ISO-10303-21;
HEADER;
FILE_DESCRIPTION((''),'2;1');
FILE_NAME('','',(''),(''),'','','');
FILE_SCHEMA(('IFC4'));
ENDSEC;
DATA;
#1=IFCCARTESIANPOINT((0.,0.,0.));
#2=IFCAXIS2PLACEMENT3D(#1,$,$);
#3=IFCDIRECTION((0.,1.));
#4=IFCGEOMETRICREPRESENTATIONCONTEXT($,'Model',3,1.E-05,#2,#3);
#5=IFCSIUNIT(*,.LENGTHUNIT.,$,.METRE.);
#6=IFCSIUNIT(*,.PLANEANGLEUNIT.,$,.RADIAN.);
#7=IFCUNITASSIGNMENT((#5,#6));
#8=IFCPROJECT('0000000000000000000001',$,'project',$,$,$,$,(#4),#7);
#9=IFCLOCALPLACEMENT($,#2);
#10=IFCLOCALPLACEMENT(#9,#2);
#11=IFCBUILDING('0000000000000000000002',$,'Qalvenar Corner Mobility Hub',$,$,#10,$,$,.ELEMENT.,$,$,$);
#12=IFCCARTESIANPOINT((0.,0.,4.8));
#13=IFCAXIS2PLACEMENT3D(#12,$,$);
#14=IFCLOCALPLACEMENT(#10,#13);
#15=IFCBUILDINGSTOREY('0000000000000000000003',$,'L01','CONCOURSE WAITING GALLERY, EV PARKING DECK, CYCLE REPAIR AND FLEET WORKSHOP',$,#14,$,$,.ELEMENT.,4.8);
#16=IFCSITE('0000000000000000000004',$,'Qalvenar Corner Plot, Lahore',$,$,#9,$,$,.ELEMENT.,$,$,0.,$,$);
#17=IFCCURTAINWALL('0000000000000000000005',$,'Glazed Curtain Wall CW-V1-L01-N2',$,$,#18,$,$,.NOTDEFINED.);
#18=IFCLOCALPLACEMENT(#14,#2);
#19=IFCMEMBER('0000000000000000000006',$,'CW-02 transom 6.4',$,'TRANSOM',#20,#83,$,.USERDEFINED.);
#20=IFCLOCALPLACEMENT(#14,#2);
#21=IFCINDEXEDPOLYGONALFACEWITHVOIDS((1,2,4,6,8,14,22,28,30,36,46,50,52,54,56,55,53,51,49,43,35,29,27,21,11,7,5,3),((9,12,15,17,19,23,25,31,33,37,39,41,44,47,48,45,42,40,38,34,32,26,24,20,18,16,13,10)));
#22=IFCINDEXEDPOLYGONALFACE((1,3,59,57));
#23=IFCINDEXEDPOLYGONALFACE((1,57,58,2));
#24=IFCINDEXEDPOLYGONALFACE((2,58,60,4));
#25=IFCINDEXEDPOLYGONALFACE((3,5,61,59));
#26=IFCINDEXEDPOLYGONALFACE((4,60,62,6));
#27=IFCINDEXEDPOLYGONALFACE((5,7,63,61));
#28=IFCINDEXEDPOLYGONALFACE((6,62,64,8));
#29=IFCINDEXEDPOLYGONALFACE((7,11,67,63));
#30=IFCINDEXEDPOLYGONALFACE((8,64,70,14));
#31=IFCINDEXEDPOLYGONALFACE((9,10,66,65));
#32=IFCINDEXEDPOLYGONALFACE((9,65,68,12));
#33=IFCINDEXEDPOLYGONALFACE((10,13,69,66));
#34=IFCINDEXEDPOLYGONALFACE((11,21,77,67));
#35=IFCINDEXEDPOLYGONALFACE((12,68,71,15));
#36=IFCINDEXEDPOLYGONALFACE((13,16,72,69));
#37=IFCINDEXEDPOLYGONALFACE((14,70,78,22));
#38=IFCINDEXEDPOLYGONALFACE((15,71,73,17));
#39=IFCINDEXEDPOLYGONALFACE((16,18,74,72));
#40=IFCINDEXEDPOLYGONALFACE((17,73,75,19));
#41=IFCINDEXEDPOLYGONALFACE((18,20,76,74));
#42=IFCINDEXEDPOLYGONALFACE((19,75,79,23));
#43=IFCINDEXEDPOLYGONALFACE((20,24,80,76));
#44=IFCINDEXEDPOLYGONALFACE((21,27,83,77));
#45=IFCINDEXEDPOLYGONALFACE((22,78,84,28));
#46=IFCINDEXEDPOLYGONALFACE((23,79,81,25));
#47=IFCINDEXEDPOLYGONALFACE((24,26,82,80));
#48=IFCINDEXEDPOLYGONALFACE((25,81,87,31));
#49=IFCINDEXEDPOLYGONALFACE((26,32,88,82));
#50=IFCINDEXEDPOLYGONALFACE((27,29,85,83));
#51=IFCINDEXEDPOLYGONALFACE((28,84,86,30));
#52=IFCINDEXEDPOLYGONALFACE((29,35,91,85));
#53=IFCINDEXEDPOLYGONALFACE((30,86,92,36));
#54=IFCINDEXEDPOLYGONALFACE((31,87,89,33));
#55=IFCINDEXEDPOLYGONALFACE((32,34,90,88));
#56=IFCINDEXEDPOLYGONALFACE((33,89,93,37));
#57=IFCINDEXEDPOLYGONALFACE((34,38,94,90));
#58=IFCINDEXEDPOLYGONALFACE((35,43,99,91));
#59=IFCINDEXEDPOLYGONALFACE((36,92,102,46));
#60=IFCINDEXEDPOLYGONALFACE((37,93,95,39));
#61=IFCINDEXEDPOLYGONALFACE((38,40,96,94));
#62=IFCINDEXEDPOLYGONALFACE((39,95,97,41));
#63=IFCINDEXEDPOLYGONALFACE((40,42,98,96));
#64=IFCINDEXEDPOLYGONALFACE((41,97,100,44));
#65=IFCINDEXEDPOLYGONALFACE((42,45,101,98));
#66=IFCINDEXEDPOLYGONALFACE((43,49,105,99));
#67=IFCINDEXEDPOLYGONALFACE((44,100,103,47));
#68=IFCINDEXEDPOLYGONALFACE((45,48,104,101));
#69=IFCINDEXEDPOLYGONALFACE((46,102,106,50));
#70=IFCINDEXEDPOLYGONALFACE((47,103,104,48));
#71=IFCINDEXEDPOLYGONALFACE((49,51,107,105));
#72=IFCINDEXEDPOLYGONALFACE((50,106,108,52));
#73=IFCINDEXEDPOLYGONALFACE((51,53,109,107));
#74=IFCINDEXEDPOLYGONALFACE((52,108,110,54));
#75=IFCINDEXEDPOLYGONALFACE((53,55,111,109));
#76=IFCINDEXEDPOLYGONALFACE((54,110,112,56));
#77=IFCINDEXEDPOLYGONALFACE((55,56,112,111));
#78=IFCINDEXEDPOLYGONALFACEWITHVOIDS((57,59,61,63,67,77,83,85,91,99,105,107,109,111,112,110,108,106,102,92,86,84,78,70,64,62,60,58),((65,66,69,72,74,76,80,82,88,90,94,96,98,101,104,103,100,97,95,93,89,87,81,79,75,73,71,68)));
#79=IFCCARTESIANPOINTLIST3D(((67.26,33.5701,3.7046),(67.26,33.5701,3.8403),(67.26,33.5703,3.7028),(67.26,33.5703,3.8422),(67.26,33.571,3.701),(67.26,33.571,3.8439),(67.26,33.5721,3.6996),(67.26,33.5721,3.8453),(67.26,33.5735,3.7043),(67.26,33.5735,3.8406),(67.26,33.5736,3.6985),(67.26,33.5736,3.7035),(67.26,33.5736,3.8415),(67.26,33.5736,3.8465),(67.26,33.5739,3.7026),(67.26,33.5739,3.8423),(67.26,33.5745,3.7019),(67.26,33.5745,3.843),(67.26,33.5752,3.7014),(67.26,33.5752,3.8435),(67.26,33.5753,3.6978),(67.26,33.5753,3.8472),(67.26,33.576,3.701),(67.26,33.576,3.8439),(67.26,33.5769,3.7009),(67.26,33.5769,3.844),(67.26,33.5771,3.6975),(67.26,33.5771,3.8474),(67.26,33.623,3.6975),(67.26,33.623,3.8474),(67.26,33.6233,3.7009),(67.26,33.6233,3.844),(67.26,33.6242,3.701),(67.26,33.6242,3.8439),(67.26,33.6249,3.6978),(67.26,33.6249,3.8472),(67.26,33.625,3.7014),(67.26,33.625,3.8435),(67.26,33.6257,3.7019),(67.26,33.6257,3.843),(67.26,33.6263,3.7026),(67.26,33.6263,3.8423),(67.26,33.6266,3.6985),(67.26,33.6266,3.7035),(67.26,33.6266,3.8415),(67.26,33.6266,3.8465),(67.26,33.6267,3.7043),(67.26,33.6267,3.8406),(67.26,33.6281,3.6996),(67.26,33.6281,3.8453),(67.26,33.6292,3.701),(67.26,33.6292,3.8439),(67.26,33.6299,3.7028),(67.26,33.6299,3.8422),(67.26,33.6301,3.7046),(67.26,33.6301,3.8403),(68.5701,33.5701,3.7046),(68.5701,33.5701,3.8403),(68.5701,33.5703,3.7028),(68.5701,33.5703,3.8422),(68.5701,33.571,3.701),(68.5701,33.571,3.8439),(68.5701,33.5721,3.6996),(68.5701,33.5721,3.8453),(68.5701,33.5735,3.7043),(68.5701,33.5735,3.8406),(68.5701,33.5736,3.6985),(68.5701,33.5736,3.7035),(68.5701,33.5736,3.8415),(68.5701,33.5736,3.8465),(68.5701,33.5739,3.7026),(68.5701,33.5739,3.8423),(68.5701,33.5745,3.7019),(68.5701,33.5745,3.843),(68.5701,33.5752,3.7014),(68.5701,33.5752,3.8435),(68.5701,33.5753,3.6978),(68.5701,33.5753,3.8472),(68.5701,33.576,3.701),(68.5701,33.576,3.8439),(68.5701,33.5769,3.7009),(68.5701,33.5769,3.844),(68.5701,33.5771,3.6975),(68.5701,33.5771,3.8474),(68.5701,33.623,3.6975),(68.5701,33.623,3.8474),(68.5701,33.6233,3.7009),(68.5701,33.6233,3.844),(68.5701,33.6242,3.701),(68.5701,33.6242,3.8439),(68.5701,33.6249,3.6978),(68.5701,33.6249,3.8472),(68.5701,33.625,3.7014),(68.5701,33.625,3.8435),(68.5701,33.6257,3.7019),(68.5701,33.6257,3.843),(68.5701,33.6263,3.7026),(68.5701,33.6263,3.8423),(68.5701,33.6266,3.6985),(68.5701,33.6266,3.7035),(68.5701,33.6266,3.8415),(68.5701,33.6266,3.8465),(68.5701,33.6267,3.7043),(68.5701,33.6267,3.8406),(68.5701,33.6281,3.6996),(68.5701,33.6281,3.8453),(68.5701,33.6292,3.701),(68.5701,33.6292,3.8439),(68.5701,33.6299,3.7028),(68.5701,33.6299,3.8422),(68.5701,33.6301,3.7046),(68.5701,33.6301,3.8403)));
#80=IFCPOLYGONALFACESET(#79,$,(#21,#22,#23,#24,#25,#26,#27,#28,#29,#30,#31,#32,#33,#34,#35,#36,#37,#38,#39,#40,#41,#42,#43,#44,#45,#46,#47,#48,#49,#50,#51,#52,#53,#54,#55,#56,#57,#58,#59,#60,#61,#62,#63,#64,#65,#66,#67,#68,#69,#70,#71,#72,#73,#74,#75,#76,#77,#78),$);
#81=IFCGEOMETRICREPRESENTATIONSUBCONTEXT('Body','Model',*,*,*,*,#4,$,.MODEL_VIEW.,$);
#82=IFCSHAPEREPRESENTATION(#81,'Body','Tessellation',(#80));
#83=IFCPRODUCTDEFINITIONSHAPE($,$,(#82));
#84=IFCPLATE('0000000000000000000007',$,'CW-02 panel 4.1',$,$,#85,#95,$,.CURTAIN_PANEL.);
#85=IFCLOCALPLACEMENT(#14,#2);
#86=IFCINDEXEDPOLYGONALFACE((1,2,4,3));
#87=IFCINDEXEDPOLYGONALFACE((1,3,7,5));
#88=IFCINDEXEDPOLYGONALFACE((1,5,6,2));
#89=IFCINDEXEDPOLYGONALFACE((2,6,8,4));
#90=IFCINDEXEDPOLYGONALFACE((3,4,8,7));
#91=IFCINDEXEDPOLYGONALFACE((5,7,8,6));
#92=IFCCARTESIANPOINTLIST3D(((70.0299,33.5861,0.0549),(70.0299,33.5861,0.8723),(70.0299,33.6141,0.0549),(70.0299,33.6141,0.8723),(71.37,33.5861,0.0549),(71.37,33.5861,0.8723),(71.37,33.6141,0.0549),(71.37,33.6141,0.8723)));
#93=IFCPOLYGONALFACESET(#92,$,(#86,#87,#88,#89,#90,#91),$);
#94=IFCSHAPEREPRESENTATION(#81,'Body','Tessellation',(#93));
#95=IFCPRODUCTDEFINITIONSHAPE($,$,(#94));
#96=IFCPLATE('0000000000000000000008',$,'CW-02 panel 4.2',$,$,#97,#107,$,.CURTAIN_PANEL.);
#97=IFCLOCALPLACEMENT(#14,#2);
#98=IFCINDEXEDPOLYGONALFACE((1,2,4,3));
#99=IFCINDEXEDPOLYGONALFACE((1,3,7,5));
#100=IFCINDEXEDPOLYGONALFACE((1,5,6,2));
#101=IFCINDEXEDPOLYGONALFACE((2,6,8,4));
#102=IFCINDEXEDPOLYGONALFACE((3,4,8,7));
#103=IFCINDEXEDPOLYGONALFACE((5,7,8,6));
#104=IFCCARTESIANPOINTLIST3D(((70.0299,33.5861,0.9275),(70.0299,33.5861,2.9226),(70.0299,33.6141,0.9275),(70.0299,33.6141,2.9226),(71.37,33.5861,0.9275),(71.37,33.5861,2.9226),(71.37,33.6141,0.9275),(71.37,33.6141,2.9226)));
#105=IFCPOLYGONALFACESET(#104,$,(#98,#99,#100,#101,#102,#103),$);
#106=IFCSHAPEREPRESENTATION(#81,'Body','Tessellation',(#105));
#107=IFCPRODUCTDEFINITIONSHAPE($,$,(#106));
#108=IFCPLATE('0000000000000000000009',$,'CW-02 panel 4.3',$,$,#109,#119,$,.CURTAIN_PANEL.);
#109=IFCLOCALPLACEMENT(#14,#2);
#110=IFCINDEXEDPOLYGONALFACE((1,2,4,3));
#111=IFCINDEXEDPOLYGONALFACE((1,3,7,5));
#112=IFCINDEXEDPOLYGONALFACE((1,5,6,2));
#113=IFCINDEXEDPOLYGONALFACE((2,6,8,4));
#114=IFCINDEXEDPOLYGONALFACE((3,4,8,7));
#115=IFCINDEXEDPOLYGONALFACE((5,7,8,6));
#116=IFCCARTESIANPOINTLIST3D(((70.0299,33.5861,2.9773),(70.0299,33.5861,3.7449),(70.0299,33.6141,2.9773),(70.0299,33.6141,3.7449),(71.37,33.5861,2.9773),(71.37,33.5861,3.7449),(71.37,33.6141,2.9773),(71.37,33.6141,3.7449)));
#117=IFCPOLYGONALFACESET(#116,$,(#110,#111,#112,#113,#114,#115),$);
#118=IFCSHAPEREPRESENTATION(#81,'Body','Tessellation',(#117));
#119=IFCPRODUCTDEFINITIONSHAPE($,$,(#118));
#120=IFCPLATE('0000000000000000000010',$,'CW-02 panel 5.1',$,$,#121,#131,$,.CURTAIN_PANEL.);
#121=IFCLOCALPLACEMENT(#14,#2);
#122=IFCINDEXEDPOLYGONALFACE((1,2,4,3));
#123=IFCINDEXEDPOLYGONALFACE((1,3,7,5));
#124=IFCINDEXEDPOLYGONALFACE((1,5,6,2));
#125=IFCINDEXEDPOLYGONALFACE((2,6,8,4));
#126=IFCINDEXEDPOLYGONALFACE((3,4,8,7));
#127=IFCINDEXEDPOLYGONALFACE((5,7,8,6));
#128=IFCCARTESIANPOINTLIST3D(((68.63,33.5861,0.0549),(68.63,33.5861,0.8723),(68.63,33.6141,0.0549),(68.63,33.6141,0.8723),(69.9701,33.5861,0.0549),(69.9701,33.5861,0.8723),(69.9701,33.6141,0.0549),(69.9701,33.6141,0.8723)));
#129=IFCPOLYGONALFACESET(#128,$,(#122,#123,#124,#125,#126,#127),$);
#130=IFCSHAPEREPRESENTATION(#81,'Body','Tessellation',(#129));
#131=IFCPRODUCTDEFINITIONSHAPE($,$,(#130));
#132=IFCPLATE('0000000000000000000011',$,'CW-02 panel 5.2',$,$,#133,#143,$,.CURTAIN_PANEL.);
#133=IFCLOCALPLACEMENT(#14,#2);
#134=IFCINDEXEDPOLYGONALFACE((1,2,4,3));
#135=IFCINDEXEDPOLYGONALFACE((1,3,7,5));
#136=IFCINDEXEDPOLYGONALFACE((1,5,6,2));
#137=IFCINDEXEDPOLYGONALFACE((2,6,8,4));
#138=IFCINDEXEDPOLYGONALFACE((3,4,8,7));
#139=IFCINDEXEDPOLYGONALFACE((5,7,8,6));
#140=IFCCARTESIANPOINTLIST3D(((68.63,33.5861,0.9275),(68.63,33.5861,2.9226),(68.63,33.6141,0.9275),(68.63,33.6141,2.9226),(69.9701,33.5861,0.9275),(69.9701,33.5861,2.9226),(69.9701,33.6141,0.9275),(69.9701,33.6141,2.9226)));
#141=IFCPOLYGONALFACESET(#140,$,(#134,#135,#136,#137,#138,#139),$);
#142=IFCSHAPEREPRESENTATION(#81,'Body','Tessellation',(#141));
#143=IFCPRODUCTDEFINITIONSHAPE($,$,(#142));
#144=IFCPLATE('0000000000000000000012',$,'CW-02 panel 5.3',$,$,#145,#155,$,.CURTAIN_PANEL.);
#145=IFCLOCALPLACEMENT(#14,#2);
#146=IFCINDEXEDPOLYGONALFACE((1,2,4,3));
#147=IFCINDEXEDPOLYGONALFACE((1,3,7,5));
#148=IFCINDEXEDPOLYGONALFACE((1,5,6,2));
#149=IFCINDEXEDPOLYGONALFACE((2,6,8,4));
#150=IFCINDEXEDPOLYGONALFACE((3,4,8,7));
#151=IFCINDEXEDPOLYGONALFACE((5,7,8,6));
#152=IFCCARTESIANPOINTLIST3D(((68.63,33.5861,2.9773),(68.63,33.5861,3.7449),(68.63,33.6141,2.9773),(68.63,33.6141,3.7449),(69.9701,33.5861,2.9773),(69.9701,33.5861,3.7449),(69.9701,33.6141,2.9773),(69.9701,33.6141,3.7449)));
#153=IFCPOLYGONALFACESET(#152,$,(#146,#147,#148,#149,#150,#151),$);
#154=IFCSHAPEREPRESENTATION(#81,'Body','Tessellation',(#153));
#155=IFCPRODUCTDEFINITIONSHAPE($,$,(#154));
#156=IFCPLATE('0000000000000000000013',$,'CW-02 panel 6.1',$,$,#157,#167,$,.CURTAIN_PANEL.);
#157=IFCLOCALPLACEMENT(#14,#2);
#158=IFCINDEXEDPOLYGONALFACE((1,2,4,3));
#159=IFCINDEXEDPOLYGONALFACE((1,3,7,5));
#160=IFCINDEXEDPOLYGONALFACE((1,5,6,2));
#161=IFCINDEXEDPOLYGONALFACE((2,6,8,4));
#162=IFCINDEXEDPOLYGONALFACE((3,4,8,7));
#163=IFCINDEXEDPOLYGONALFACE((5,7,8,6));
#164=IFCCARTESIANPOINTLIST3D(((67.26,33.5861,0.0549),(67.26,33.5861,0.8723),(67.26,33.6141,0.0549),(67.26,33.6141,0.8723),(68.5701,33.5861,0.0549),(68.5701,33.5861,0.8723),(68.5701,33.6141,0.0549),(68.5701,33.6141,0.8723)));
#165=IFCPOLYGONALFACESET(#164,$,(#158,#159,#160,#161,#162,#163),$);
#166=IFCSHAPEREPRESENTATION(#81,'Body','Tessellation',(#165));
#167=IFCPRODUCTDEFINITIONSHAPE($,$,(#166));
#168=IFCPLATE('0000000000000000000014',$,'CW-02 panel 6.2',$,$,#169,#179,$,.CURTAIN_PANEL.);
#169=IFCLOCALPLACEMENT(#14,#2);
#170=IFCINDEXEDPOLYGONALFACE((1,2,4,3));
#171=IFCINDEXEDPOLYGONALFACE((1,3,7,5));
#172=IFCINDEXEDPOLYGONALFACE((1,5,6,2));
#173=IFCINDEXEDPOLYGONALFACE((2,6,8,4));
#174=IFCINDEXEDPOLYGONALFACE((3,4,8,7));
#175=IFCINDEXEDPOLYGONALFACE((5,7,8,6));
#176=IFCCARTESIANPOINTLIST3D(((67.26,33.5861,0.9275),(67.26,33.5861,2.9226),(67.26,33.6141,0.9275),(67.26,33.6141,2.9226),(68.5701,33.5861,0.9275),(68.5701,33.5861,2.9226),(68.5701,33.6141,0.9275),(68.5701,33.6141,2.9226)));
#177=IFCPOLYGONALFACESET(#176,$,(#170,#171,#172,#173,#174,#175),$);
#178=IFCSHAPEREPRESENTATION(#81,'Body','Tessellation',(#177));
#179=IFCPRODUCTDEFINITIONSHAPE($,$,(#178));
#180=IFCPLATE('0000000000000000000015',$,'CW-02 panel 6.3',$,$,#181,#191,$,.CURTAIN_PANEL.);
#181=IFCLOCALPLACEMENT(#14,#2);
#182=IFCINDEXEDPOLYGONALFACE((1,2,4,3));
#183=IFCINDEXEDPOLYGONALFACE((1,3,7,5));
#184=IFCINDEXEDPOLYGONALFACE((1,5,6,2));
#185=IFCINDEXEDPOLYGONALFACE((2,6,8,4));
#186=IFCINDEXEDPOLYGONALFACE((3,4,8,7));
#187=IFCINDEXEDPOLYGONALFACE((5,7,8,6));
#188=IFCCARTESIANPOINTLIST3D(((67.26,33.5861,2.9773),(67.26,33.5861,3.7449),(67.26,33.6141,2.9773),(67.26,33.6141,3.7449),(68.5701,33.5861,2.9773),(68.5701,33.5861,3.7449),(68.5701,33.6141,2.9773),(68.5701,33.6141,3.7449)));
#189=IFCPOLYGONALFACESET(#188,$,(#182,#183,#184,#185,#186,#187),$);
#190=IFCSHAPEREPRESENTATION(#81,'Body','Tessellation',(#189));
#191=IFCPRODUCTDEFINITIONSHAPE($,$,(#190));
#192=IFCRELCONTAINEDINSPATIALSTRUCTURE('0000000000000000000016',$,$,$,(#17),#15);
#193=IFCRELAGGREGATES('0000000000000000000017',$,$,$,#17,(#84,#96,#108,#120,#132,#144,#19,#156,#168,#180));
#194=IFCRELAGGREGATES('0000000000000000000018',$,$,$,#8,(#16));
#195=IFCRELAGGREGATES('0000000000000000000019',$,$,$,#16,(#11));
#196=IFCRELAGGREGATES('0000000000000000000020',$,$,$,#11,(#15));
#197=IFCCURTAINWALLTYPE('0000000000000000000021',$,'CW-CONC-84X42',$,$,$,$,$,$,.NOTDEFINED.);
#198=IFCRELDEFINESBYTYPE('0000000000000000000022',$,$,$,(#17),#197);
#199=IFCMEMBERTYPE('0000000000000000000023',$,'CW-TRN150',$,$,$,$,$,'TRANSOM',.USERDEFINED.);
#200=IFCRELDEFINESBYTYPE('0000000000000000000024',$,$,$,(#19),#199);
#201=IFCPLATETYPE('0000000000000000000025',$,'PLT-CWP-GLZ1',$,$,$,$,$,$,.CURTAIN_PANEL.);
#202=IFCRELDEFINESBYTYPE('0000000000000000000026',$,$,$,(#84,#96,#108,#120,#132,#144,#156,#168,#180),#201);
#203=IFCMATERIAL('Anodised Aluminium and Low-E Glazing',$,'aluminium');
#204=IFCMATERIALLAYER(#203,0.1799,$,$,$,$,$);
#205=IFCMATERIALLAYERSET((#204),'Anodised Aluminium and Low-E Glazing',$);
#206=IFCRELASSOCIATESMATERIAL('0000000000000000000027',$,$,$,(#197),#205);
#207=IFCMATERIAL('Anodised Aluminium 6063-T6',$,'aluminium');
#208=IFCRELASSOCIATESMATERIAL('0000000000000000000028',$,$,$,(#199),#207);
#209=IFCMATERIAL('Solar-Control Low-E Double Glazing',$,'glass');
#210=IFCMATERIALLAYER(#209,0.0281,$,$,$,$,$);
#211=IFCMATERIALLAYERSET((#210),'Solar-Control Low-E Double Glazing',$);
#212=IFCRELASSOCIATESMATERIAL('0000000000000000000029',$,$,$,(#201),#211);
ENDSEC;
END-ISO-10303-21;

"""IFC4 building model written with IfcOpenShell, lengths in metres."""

from ifc_helpers import new_model, si_unit, direction, frame, origin, origin_2d, place, context, subcontext, project, spatial, rectangle, hollow_rectangle, extrude, material, layer, layer_set, material_profile, profile_set, type_object, element, aggregate, save


model = new_model("IFC4")

# Units and contexts
model_context = context("Model", 3, precision=1e-05, world=origin(), true_north=direction((0.0, 1.0)))
body_context = subcontext(model_context, "Body", "Model", "MODEL_VIEW")
ifc_project = project(units=[si_unit("LENGTHUNIT", "METRE"), si_unit("PLANEANGLEUNIT", "RADIAN")], contexts=[model_context])

# Site, building, storey
site_placement = place(None, origin())
site = spatial("IfcSite", under=ifc_project, at=site_placement, Name="Qalvenar Corner Plot, Lahore", CompositionType="ELEMENT", RefElevation=0.0)
building_placement = place(site_placement, origin())
building = spatial("IfcBuilding", under=site, at=building_placement, Name="Qalvenar Corner Mobility Hub", CompositionType="ELEMENT")
storey_placement = place(building_placement, frame((0.0, 0.0, 4.8)))
storey = spatial("IfcBuildingStorey", under=building, at=storey_placement, Name="L01", Description="CONCOURSE WAITING GALLERY, EV PARKING DECK, CYCLE REPAIR AND FLEET WORKSHOP", CompositionType="ELEMENT", Elevation=4.8)

# Shared definitions
ifc_material_1 = material(Name="Anodised Aluminium and Low-E Glazing", Category="aluminium")
ifc_layer_1 = layer(ifc_material_1, 0.1799)
ifc_layer_set_1 = layer_set([ifc_layer_1], Name="Anodised Aluminium and Low-E Glazing")
curtain_wall_type = type_object("IfcCurtainWallType", Name="CW-CONC-84X42", PredefinedType="NOTDEFINED", material=ifc_layer_set_1)
ifc_material_2 = material(Name="Anodised Aluminium 6063-T6", Category="aluminium")

# Curtain wall
curtain_wall_1_placement = place(storey_placement, origin())
curtain_wall_1 = element("IfcCurtainWall", 1, at=curtain_wall_1_placement, inside=storey, type_object=curtain_wall_type, Name="Glazed Curtain Wall CW-V1-L01-N2", PredefinedType="NOTDEFINED")

# Member
ifc_material_profile_1 = material_profile(ifc_material_2, hollow_rectangle(XDim=0.0601, YDim=0.1499, WallThickness=0.0034, InnerFilletRadius=0.0034, OuterFilletRadius=0.0071, at=origin_2d()), Name="RHS150x60x3.5")
ifc_profile_set_1 = profile_set([ifc_material_profile_1], Name="Anodised Aluminium 6063-T6")
member_type_1 = type_object("IfcMemberType", Name="CW-TRN150", ElementType="TRANSOM", PredefinedType="USERDEFINED", material=ifc_profile_set_1)
member_1_placement = place(storey_placement, frame((68.5701, 33.6001, 3.7725), z_axis=(-1.0, 0.0, 0.0), x_axis=(0.0, -1.0, 0.0)))
member_1 = element("IfcMember", 2, at=member_1_placement, type_object=member_type_1, Name="CW-02 transom 6.4", ObjectType="TRANSOM", PredefinedType="USERDEFINED", context=body_context, shape_type="SweptSolid", body=[
    extrude(hollow_rectangle(XDim=0.0601, YDim=0.1499, WallThickness=0.0034, InnerFilletRadius=0.0034, OuterFilletRadius=0.0071, at=origin_2d()), origin(), (0.0, 0.0, 1.0), 1.3101),
])

# Plates
ifc_material_3 = material(Name="Solar-Control Low-E Double Glazing", Category="glass")
ifc_layer_2 = layer(ifc_material_3, 0.0281)
ifc_layer_set_2 = layer_set([ifc_layer_2], Name="Solar-Control Low-E Double Glazing")
plate_type = type_object("IfcPlateType", Name="PLT-CWP-GLZ1", PredefinedType="CURTAIN_PANEL", material=ifc_layer_set_2)
plate_1_placement = place(storey_placement, frame((70.7, 33.6001, 0.0549), z_axis=(0.0, 0.0, 1.0), x_axis=(-1.0, 0.0, 0.0)))
plate_1 = element("IfcPlate", 3, at=plate_1_placement, type_object=plate_type, Name="CW-02 panel 4.1", PredefinedType="CURTAIN_PANEL", context=body_context, shape_type="SweptSolid", body=[
    extrude(rectangle(XDim=1.3401, YDim=0.0281, at=origin_2d()), origin(), (0.0, 0.0, 1.0), 0.8174),
])
plate_2_placement = place(storey_placement, frame((70.7, 33.6001, 0.9275), z_axis=(0.0, 0.0, 1.0), x_axis=(-1.0, 0.0, 0.0)))
plate_2 = element("IfcPlate", 4, at=plate_2_placement, type_object=plate_type, Name="CW-02 panel 4.2", PredefinedType="CURTAIN_PANEL", context=body_context, shape_type="SweptSolid", body=[
    extrude(rectangle(XDim=1.3401, YDim=0.0281, at=origin_2d()), origin(), (0.0, 0.0, 1.0), 1.9951),
])
plate_3_placement = place(storey_placement, frame((70.7, 33.6001, 2.9773), z_axis=(0.0, 0.0, 1.0), x_axis=(-1.0, 0.0, 0.0)))
plate_3 = element("IfcPlate", 5, at=plate_3_placement, type_object=plate_type, Name="CW-02 panel 4.3", PredefinedType="CURTAIN_PANEL", context=body_context, shape_type="SweptSolid", body=[
    extrude(rectangle(XDim=1.3401, YDim=0.0281, at=origin_2d()), origin(), (0.0, 0.0, 1.0), 0.7676),
])
plate_4_placement = place(storey_placement, frame((69.3, 33.6001, 0.0549), z_axis=(0.0, 0.0, 1.0), x_axis=(-1.0, 0.0, 0.0)))
plate_4 = element("IfcPlate", 6, at=plate_4_placement, type_object=plate_type, Name="CW-02 panel 5.1", PredefinedType="CURTAIN_PANEL", context=body_context, shape_type="SweptSolid", body=[
    extrude(rectangle(XDim=1.3401, YDim=0.0281, at=origin_2d()), origin(), (0.0, 0.0, 1.0), 0.8174),
])
plate_5_placement = place(storey_placement, frame((69.3, 33.6001, 0.9275), z_axis=(0.0, 0.0, 1.0), x_axis=(-1.0, 0.0, 0.0)))
plate_5 = element("IfcPlate", 7, at=plate_5_placement, type_object=plate_type, Name="CW-02 panel 5.2", PredefinedType="CURTAIN_PANEL", context=body_context, shape_type="SweptSolid", body=[
    extrude(rectangle(XDim=1.3401, YDim=0.0281, at=origin_2d()), origin(), (0.0, 0.0, 1.0), 1.9951),
])
plate_6_placement = place(storey_placement, frame((69.3, 33.6001, 2.9773), z_axis=(0.0, 0.0, 1.0), x_axis=(-1.0, 0.0, 0.0)))
plate_6 = element("IfcPlate", 8, at=plate_6_placement, type_object=plate_type, Name="CW-02 panel 5.3", PredefinedType="CURTAIN_PANEL", context=body_context, shape_type="SweptSolid", body=[
    extrude(rectangle(XDim=1.3401, YDim=0.0281, at=origin_2d()), origin(), (0.0, 0.0, 1.0), 0.7676),
])
plate_7_placement = place(storey_placement, frame((67.915, 33.6001, 0.0549), z_axis=(0.0, 0.0, 1.0), x_axis=(-1.0, 0.0, 0.0)))
plate_7 = element("IfcPlate", 9, at=plate_7_placement, type_object=plate_type, Name="CW-02 panel 6.1", PredefinedType="CURTAIN_PANEL", context=body_context, shape_type="SweptSolid", body=[
    extrude(rectangle(XDim=1.3101, YDim=0.0281, at=origin_2d()), origin(), (0.0, 0.0, 1.0), 0.8174),
])
plate_8_placement = place(storey_placement, frame((67.915, 33.6001, 0.9275), z_axis=(0.0, 0.0, 1.0), x_axis=(-1.0, 0.0, 0.0)))
plate_8 = element("IfcPlate", 10, at=plate_8_placement, type_object=plate_type, Name="CW-02 panel 6.2", PredefinedType="CURTAIN_PANEL", context=body_context, shape_type="SweptSolid", body=[
    extrude(rectangle(XDim=1.3101, YDim=0.0281, at=origin_2d()), origin(), (0.0, 0.0, 1.0), 1.9951),
])
plate_9_placement = place(storey_placement, frame((67.915, 33.6001, 2.9773), z_axis=(0.0, 0.0, 1.0), x_axis=(-1.0, 0.0, 0.0)))
plate_9 = element("IfcPlate", 11, at=plate_9_placement, type_object=plate_type, Name="CW-02 panel 6.3", PredefinedType="CURTAIN_PANEL", context=body_context, shape_type="SweptSolid", body=[
    extrude(rectangle(XDim=1.3101, YDim=0.0281, at=origin_2d()), origin(), (0.0, 0.0, 1.0), 0.7676),
])
aggregate(curtain_wall_1, [plate_1, plate_2, plate_3, plate_4, plate_5, plate_6, member_1, plate_7, plate_8, plate_9])

save(model, "model.ifc")
